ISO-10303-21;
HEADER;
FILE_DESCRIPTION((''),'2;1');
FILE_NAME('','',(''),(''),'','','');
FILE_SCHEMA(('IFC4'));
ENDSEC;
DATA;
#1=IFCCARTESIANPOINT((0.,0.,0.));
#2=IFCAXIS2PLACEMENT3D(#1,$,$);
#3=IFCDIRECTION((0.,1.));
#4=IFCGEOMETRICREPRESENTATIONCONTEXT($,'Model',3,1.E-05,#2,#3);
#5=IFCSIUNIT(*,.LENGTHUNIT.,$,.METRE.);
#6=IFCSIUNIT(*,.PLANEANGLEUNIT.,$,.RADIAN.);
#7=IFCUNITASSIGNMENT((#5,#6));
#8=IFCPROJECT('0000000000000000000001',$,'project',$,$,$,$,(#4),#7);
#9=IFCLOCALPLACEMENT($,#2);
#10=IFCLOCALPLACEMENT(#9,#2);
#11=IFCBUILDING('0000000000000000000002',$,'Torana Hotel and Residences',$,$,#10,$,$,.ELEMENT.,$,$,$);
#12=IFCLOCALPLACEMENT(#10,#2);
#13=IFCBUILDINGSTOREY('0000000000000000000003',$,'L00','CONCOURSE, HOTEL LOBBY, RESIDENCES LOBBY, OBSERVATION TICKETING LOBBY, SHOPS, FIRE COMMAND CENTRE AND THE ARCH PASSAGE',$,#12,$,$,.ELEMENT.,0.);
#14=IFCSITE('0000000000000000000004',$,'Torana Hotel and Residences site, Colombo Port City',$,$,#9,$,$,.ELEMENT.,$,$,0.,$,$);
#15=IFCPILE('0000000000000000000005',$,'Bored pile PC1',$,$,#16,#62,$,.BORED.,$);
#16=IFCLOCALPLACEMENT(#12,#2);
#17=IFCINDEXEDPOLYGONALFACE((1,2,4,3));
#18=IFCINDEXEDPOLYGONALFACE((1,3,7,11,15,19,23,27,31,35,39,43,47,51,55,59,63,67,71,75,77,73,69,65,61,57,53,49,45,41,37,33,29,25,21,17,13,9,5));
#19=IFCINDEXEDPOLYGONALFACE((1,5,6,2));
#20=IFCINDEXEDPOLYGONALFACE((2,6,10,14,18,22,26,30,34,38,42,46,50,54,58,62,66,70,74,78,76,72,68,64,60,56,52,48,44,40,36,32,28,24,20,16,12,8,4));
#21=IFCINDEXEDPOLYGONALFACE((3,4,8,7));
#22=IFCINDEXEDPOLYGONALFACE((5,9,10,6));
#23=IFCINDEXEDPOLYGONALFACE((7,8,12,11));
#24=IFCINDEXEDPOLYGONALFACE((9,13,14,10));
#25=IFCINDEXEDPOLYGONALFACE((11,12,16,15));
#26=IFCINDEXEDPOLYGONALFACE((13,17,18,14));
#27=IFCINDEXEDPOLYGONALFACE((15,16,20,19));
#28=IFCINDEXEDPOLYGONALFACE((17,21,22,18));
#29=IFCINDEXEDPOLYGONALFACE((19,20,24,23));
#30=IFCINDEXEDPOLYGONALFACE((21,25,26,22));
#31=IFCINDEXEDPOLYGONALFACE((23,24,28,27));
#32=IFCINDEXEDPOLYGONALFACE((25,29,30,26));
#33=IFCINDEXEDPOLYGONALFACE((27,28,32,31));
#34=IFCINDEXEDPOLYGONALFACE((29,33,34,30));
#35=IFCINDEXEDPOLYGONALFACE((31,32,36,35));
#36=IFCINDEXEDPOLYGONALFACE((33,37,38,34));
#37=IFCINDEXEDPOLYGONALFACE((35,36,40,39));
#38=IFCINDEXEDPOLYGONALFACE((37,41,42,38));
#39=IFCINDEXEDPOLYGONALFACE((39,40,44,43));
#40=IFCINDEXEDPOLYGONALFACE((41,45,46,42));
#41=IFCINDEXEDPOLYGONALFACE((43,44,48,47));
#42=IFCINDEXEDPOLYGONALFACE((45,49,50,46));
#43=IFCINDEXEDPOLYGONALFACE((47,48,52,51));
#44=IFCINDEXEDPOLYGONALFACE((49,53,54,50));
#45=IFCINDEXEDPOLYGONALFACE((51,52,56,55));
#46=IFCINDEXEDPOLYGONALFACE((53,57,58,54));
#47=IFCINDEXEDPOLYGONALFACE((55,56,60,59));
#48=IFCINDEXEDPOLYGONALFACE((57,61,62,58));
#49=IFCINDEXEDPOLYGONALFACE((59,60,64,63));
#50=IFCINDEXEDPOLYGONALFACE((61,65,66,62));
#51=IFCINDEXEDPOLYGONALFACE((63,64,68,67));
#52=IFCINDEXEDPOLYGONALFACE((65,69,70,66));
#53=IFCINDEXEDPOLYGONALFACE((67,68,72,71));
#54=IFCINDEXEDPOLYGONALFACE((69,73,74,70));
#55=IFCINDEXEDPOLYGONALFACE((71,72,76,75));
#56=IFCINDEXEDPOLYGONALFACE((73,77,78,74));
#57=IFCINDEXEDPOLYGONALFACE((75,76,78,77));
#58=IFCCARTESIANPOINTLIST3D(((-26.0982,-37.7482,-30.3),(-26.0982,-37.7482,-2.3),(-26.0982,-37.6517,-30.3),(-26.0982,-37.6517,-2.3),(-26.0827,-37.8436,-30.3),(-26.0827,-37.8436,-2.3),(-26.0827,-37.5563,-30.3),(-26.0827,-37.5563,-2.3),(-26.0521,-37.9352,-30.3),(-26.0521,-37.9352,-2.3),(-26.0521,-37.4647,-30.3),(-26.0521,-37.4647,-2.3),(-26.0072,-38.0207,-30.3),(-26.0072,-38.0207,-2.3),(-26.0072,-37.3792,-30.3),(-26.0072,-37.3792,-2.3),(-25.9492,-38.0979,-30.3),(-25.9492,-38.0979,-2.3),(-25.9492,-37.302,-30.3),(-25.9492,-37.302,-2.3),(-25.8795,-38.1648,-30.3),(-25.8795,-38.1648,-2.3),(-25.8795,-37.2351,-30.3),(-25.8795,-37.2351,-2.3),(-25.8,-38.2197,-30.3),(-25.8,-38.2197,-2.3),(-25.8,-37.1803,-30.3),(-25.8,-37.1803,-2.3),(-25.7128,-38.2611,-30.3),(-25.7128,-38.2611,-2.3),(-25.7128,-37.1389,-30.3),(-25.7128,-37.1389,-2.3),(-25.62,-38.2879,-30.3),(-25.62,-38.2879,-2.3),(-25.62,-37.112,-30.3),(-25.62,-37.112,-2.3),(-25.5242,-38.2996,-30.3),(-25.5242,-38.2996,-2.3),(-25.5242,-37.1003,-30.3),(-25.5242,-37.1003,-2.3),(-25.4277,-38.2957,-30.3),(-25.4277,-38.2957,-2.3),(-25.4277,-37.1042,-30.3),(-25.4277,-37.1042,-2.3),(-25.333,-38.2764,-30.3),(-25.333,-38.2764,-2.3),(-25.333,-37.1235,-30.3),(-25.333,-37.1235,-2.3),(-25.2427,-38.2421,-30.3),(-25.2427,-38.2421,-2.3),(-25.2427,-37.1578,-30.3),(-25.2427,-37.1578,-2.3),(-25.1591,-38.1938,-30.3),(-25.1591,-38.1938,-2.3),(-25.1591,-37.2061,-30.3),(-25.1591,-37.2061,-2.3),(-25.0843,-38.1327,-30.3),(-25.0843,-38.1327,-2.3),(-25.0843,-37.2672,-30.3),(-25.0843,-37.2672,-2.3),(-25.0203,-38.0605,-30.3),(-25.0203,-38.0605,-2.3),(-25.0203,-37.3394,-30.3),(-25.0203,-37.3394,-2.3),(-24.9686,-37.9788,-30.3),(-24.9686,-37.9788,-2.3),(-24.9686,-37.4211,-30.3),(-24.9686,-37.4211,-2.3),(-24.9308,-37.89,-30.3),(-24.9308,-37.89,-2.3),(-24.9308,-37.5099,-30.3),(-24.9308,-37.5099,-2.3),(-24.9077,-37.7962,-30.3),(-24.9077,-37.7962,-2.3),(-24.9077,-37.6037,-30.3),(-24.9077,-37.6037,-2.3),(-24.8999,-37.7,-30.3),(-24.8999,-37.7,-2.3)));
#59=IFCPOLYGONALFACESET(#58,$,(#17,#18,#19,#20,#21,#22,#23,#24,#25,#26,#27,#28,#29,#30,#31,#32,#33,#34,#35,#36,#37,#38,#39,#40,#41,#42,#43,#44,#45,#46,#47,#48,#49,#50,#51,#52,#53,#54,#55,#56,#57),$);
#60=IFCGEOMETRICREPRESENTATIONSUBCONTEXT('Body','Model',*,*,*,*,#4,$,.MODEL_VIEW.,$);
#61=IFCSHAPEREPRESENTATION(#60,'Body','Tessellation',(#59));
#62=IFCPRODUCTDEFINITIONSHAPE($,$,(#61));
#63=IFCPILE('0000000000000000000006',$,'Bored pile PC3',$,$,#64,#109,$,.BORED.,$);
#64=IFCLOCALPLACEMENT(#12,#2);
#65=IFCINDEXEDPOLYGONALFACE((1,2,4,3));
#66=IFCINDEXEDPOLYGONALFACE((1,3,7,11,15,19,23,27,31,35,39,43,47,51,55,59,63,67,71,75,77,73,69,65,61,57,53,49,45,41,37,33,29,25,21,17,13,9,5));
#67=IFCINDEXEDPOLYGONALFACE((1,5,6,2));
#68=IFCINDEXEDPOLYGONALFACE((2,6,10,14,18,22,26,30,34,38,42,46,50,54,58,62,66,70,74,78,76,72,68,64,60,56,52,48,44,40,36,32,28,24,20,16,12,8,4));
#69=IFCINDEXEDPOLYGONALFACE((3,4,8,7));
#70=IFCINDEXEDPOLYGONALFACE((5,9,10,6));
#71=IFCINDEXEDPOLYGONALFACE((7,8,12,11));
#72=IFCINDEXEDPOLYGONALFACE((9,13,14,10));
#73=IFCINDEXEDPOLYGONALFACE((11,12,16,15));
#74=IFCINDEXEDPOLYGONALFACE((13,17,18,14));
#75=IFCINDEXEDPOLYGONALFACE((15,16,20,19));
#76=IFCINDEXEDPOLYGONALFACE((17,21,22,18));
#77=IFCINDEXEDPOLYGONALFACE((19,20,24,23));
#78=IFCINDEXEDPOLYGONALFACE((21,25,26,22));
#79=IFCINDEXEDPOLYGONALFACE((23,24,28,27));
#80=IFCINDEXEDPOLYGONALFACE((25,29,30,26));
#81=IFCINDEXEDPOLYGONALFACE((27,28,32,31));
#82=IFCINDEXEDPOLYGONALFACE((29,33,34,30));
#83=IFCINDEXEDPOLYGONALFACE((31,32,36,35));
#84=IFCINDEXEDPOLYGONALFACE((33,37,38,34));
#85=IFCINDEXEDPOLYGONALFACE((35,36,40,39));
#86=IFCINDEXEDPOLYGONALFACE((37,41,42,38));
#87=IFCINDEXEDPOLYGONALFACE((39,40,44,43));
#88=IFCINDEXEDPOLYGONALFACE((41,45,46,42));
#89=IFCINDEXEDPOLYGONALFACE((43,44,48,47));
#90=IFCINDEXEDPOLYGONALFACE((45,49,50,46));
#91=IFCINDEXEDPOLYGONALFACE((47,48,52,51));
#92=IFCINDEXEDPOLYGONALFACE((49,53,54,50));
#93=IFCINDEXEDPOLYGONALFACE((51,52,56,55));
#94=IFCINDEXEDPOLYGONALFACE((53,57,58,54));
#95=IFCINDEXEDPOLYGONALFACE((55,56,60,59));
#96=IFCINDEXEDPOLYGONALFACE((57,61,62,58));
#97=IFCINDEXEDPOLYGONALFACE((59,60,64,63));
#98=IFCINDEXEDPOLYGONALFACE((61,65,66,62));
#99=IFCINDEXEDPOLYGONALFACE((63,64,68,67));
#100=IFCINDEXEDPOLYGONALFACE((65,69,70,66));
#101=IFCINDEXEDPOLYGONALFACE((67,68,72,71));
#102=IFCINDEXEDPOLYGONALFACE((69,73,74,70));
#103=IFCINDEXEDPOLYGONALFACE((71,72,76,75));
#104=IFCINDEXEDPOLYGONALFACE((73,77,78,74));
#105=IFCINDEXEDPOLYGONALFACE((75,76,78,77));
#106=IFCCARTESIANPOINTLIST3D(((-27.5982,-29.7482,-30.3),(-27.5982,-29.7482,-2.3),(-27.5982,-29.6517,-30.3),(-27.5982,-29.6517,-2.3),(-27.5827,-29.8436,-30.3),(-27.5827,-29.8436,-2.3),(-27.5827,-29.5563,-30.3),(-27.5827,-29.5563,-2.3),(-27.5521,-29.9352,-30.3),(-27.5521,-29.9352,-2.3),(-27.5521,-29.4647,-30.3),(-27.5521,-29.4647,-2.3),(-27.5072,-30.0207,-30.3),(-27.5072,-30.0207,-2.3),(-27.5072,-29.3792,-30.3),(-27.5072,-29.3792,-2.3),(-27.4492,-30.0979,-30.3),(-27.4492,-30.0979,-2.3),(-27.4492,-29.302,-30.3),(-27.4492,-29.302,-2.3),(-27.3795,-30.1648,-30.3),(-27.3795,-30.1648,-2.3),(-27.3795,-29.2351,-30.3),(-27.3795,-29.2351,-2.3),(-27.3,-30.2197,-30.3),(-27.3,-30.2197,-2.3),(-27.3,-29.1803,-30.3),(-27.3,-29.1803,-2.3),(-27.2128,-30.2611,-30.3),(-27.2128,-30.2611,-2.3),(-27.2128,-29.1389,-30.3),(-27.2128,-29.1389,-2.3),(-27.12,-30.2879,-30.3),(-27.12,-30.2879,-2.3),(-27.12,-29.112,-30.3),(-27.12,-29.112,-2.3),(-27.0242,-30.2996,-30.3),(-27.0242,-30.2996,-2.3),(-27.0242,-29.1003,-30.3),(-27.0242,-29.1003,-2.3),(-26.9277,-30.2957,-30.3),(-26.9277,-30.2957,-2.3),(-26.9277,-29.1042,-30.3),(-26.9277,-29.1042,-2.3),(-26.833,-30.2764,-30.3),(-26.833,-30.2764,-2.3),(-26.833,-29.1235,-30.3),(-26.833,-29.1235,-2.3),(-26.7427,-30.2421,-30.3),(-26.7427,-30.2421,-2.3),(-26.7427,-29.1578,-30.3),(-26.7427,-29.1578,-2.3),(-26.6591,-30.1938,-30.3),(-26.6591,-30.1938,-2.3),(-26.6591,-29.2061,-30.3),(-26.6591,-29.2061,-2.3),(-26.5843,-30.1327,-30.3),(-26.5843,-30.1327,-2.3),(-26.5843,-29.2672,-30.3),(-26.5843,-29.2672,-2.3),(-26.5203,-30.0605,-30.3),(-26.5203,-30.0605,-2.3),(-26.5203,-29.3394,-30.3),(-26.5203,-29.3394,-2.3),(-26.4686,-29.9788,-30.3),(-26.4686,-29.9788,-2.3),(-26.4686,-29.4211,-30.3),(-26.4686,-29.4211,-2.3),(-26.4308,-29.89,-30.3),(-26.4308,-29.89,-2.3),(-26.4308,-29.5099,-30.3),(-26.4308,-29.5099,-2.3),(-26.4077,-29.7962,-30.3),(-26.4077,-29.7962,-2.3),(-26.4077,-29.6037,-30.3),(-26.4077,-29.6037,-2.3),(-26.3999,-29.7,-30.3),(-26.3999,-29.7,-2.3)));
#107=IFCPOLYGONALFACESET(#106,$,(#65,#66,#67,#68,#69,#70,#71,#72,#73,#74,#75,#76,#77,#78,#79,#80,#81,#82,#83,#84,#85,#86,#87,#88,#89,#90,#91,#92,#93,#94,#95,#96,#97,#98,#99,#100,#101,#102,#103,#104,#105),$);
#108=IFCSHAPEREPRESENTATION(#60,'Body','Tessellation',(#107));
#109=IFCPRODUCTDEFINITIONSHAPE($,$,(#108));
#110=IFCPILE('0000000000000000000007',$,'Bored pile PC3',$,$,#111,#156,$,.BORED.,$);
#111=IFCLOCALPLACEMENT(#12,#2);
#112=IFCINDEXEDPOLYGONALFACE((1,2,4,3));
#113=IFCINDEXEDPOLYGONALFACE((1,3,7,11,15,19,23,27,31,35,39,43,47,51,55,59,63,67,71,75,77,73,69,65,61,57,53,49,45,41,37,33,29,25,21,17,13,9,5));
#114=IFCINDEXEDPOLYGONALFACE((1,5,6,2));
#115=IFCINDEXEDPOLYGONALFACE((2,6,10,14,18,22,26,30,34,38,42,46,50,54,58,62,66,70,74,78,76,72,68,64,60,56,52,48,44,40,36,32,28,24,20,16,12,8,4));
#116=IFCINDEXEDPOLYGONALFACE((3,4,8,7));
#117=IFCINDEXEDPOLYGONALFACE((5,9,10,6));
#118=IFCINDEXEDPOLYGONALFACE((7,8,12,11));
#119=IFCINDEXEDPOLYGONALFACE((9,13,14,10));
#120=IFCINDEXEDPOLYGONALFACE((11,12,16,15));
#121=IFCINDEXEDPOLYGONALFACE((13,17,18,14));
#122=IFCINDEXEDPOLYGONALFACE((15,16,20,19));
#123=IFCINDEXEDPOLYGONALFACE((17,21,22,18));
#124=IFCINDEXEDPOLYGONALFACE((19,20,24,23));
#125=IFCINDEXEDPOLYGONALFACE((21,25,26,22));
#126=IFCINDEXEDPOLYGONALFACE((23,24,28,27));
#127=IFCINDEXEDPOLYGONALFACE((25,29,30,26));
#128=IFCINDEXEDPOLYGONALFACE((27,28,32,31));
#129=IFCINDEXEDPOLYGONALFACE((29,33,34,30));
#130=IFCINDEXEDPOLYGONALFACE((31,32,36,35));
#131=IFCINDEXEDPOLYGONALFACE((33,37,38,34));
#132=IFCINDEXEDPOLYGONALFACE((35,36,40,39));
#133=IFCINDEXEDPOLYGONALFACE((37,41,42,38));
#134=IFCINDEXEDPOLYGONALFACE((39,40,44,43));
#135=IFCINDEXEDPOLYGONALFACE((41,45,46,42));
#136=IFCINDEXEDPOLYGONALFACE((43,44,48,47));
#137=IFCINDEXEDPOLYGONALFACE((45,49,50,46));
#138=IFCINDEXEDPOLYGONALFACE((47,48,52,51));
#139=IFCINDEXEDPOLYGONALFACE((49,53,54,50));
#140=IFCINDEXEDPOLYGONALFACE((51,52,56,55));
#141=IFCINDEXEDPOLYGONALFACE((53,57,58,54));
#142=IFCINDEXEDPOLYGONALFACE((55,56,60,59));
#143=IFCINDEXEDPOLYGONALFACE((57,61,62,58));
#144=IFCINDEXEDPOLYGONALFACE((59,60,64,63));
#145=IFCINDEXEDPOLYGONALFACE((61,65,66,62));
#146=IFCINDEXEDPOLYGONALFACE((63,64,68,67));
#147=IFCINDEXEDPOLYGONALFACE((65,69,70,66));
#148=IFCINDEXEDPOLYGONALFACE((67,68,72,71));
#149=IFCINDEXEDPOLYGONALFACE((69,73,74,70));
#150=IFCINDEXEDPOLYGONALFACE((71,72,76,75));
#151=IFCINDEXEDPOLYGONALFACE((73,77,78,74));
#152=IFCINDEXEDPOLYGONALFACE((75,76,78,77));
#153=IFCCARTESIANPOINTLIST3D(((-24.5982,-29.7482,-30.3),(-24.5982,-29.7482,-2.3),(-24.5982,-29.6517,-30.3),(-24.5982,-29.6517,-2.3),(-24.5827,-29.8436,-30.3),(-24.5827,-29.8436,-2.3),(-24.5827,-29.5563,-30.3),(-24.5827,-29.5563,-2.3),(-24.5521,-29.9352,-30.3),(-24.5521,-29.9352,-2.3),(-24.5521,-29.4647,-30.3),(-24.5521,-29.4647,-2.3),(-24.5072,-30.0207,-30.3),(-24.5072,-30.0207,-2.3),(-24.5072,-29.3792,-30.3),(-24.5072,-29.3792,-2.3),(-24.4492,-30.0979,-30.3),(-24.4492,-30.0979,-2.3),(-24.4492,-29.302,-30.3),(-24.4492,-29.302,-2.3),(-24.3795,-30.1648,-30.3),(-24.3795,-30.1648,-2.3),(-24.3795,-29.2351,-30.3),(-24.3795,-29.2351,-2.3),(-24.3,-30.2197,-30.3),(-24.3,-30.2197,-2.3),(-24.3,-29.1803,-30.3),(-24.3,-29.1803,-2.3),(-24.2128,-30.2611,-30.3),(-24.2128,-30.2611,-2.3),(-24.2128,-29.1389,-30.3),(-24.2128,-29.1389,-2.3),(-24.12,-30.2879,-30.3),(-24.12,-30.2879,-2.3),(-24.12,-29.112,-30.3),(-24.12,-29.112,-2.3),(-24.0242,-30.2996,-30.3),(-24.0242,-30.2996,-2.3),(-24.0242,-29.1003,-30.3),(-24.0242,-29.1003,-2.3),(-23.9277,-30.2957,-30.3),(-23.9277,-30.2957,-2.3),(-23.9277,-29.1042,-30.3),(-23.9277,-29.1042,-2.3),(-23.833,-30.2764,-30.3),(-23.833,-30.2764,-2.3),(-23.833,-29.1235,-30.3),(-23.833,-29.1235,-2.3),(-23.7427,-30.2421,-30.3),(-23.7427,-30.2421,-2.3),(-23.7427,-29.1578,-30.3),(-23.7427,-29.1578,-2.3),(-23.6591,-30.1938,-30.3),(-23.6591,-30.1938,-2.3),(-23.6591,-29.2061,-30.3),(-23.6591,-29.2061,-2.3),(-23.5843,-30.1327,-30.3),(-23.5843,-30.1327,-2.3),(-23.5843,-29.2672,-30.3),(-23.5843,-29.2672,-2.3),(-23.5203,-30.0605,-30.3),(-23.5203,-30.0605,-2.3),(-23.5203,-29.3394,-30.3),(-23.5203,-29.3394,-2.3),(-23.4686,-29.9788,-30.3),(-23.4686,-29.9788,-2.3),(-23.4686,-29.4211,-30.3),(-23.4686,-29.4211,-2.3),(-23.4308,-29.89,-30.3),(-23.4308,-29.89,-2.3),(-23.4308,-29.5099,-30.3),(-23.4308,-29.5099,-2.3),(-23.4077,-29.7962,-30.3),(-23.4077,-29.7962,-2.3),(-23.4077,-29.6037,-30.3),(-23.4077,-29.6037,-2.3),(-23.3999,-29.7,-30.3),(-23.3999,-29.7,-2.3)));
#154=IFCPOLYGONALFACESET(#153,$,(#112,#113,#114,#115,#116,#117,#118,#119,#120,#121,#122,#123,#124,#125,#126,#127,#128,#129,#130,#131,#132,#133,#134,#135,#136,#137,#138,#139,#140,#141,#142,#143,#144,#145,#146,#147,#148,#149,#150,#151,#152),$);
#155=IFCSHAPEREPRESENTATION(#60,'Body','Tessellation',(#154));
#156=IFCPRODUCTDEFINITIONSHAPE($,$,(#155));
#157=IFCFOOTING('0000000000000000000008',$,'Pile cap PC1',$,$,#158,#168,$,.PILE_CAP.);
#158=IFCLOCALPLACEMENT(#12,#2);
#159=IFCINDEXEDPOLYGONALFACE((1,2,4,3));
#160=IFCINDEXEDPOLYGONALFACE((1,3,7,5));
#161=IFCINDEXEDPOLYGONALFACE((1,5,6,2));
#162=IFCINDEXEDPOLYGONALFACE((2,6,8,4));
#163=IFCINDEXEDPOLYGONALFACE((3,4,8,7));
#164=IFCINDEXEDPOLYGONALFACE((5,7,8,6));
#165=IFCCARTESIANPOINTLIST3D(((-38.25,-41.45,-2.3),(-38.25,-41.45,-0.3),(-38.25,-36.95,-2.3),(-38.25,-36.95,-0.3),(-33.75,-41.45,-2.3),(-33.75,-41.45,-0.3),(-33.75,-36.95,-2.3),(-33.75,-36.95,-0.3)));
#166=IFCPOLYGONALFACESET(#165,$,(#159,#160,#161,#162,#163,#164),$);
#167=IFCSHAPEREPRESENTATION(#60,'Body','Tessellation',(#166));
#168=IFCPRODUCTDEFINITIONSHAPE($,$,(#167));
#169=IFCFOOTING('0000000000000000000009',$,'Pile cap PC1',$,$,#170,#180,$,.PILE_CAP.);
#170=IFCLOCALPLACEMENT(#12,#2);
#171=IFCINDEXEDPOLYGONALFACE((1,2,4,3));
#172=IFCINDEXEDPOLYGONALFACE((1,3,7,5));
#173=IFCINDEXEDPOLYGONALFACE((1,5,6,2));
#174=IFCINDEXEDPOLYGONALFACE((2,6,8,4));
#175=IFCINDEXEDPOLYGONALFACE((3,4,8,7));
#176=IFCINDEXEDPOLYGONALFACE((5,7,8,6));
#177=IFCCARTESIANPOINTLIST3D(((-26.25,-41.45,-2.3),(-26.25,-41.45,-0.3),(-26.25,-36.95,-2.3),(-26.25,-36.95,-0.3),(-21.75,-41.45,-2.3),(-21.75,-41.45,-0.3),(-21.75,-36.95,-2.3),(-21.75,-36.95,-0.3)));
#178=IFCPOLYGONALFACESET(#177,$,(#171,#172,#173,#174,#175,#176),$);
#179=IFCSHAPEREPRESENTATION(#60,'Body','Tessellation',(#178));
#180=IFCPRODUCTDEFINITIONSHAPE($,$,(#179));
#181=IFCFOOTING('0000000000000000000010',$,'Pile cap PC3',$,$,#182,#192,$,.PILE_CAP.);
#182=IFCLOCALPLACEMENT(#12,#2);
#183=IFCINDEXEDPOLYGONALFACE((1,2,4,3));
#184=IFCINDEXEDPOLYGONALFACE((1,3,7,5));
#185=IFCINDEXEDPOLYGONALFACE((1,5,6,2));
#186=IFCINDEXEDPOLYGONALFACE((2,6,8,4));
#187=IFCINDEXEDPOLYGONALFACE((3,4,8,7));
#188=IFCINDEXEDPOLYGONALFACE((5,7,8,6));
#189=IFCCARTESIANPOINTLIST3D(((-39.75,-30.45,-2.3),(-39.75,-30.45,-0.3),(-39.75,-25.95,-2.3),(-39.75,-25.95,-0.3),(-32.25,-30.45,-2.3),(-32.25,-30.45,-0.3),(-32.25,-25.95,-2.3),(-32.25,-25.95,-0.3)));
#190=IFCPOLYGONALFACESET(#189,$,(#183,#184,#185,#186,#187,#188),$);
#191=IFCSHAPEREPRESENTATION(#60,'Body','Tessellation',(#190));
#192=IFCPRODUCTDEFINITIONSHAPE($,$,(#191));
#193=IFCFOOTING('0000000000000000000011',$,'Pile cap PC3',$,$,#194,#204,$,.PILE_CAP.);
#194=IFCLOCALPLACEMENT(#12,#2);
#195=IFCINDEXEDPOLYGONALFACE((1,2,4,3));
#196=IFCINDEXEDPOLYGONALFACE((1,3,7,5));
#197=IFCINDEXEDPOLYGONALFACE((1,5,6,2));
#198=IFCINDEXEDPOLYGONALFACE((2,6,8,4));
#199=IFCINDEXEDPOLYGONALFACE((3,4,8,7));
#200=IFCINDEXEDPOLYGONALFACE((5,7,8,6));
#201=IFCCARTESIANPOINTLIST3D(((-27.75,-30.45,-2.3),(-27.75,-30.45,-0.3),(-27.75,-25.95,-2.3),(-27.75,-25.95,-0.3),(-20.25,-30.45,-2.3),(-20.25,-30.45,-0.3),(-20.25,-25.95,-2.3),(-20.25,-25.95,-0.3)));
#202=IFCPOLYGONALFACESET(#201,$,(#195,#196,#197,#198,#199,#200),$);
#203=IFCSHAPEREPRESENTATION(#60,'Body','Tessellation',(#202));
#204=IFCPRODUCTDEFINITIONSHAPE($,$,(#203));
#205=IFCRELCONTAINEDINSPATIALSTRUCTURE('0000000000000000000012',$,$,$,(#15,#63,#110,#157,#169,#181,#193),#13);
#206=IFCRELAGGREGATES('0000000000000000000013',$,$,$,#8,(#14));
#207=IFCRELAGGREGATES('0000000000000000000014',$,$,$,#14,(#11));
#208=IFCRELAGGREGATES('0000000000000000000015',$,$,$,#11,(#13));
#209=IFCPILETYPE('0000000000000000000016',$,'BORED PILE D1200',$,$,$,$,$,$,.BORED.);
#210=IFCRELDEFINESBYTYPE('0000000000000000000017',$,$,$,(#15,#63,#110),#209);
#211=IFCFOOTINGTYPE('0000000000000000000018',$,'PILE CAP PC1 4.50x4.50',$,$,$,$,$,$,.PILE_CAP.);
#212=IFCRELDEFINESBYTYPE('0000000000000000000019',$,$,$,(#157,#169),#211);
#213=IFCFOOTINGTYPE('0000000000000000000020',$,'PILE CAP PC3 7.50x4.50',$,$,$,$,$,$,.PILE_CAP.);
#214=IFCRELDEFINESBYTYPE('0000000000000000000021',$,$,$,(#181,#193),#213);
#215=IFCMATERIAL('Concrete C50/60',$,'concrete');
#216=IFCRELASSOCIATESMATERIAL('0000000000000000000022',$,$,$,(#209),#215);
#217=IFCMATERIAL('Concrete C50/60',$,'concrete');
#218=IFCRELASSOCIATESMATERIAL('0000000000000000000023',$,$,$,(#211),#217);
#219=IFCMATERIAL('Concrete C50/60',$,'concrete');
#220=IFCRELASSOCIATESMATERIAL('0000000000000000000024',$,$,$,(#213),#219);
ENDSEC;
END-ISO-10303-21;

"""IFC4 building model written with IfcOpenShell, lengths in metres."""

from ifc_helpers import new_model, si_unit, direction, frame, origin, origin_2d, place, context, subcontext, project, spatial, rectangle, circle, extrude, material, type_object, element, save


model = new_model("IFC4")

# Units and contexts
model_context = context("Model", 3, precision=1e-05, world=origin(), true_north=direction((0.0, 1.0)))
body_context = subcontext(model_context, "Body", "Model", "MODEL_VIEW")
ifc_project = project(units=[si_unit("LENGTHUNIT", "METRE"), si_unit("PLANEANGLEUNIT", "RADIAN")], contexts=[model_context])

# Site, building, storey
site_placement = place(None, origin())
site = spatial("IfcSite", under=ifc_project, at=site_placement, Name="Torana Hotel and Residences site, Colombo Port City", CompositionType="ELEMENT", RefElevation=0.0)
building_placement = place(site_placement, origin())
building = spatial("IfcBuilding", under=site, at=building_placement, Name="Torana Hotel and Residences", CompositionType="ELEMENT")
storey_placement = place(building_placement, origin())
storey = spatial("IfcBuildingStorey", under=building, at=storey_placement, Name="L00", Description="CONCOURSE, HOTEL LOBBY, RESIDENCES LOBBY, OBSERVATION TICKETING LOBBY, SHOPS, FIRE COMMAND CENTRE AND THE ARCH PASSAGE", CompositionType="ELEMENT", Elevation=0.0)

# Piles
ifc_material_1 = material(Name="Concrete C50/60", Category="concrete")
pile_type = type_object("IfcPileType", Name="BORED PILE D1200", PredefinedType="BORED", material=ifc_material_1)
for number, where, z_axis, x_axis, name in (
    (1, (-25.5, -37.7, -2.3), (0.0, 0.0, -1.0), (1.0, 0.0, 0.0), "Bored pile PC1"),
    (2, (-27.0, -29.7, -2.3), (0.0, 0.0, -1.0), (1.0, 0.0, 0.0), "Bored pile PC3"),
    (3, (-24.0, -29.7, -2.3), (0.0, 0.0, -1.0), (1.0, 0.0, 0.0), "Bored pile PC3"),
):
    element("IfcPile", number, at=place(storey_placement, frame(where, z_axis=z_axis, x_axis=x_axis)), inside=storey, type_object=pile_type, Name=name, PredefinedType="BORED", context=body_context, shape_type="SweptSolid", body=[
        extrude(circle(Radius=0.6001, at=origin_2d()), origin(), (0.0, 0.0, 1.0), 28.0),
    ])

# Footings
ifc_material_2 = material(Name="Concrete C50/60", Category="concrete")
footing_type_1 = type_object("IfcFootingType", Name="PILE CAP PC1 4.50x4.50", PredefinedType="PILE_CAP", material=ifc_material_2)
for number, where, z_axis, x_axis, name in (
    (4, (-36.0, -39.2, -2.3), (0.0, 0.0, 1.0), (1.0, 0.0, 0.0), "Pile cap PC1"),
    (5, (-24.0, -39.2, -2.3), (0.0, 0.0, 1.0), (1.0, 0.0, 0.0), "Pile cap PC1"),
):
    element("IfcFooting", number, at=place(storey_placement, frame(where, z_axis=z_axis, x_axis=x_axis)), inside=storey, type_object=footing_type_1, Name=name, PredefinedType="PILE_CAP", context=body_context, shape_type="SweptSolid", body=[
        extrude(rectangle(XDim=4.5, YDim=4.5, at=origin_2d()), origin(), (0.0, 0.0, 1.0), 2.0),
    ])
ifc_material_3 = material(Name="Concrete C50/60", Category="concrete")
footing_type_2 = type_object("IfcFootingType", Name="PILE CAP PC3 7.50x4.50", PredefinedType="PILE_CAP", material=ifc_material_3)
for number, where, z_axis, x_axis, name in (
    (6, (-36.0, -28.2, -2.3), (0.0, 0.0, 1.0), (1.0, 0.0, 0.0), "Pile cap PC3"),
    (7, (-24.0, -28.2, -2.3), (0.0, 0.0, 1.0), (1.0, 0.0, 0.0), "Pile cap PC3"),
):
    element("IfcFooting", number, at=place(storey_placement, frame(where, z_axis=z_axis, x_axis=x_axis)), inside=storey, type_object=footing_type_2, Name=name, PredefinedType="PILE_CAP", context=body_context, shape_type="SweptSolid", body=[
        extrude(rectangle(XDim=7.5, YDim=4.5, at=origin_2d()), origin(), (0.0, 0.0, 1.0), 2.0),
    ])

save(model, "model.ifc")
